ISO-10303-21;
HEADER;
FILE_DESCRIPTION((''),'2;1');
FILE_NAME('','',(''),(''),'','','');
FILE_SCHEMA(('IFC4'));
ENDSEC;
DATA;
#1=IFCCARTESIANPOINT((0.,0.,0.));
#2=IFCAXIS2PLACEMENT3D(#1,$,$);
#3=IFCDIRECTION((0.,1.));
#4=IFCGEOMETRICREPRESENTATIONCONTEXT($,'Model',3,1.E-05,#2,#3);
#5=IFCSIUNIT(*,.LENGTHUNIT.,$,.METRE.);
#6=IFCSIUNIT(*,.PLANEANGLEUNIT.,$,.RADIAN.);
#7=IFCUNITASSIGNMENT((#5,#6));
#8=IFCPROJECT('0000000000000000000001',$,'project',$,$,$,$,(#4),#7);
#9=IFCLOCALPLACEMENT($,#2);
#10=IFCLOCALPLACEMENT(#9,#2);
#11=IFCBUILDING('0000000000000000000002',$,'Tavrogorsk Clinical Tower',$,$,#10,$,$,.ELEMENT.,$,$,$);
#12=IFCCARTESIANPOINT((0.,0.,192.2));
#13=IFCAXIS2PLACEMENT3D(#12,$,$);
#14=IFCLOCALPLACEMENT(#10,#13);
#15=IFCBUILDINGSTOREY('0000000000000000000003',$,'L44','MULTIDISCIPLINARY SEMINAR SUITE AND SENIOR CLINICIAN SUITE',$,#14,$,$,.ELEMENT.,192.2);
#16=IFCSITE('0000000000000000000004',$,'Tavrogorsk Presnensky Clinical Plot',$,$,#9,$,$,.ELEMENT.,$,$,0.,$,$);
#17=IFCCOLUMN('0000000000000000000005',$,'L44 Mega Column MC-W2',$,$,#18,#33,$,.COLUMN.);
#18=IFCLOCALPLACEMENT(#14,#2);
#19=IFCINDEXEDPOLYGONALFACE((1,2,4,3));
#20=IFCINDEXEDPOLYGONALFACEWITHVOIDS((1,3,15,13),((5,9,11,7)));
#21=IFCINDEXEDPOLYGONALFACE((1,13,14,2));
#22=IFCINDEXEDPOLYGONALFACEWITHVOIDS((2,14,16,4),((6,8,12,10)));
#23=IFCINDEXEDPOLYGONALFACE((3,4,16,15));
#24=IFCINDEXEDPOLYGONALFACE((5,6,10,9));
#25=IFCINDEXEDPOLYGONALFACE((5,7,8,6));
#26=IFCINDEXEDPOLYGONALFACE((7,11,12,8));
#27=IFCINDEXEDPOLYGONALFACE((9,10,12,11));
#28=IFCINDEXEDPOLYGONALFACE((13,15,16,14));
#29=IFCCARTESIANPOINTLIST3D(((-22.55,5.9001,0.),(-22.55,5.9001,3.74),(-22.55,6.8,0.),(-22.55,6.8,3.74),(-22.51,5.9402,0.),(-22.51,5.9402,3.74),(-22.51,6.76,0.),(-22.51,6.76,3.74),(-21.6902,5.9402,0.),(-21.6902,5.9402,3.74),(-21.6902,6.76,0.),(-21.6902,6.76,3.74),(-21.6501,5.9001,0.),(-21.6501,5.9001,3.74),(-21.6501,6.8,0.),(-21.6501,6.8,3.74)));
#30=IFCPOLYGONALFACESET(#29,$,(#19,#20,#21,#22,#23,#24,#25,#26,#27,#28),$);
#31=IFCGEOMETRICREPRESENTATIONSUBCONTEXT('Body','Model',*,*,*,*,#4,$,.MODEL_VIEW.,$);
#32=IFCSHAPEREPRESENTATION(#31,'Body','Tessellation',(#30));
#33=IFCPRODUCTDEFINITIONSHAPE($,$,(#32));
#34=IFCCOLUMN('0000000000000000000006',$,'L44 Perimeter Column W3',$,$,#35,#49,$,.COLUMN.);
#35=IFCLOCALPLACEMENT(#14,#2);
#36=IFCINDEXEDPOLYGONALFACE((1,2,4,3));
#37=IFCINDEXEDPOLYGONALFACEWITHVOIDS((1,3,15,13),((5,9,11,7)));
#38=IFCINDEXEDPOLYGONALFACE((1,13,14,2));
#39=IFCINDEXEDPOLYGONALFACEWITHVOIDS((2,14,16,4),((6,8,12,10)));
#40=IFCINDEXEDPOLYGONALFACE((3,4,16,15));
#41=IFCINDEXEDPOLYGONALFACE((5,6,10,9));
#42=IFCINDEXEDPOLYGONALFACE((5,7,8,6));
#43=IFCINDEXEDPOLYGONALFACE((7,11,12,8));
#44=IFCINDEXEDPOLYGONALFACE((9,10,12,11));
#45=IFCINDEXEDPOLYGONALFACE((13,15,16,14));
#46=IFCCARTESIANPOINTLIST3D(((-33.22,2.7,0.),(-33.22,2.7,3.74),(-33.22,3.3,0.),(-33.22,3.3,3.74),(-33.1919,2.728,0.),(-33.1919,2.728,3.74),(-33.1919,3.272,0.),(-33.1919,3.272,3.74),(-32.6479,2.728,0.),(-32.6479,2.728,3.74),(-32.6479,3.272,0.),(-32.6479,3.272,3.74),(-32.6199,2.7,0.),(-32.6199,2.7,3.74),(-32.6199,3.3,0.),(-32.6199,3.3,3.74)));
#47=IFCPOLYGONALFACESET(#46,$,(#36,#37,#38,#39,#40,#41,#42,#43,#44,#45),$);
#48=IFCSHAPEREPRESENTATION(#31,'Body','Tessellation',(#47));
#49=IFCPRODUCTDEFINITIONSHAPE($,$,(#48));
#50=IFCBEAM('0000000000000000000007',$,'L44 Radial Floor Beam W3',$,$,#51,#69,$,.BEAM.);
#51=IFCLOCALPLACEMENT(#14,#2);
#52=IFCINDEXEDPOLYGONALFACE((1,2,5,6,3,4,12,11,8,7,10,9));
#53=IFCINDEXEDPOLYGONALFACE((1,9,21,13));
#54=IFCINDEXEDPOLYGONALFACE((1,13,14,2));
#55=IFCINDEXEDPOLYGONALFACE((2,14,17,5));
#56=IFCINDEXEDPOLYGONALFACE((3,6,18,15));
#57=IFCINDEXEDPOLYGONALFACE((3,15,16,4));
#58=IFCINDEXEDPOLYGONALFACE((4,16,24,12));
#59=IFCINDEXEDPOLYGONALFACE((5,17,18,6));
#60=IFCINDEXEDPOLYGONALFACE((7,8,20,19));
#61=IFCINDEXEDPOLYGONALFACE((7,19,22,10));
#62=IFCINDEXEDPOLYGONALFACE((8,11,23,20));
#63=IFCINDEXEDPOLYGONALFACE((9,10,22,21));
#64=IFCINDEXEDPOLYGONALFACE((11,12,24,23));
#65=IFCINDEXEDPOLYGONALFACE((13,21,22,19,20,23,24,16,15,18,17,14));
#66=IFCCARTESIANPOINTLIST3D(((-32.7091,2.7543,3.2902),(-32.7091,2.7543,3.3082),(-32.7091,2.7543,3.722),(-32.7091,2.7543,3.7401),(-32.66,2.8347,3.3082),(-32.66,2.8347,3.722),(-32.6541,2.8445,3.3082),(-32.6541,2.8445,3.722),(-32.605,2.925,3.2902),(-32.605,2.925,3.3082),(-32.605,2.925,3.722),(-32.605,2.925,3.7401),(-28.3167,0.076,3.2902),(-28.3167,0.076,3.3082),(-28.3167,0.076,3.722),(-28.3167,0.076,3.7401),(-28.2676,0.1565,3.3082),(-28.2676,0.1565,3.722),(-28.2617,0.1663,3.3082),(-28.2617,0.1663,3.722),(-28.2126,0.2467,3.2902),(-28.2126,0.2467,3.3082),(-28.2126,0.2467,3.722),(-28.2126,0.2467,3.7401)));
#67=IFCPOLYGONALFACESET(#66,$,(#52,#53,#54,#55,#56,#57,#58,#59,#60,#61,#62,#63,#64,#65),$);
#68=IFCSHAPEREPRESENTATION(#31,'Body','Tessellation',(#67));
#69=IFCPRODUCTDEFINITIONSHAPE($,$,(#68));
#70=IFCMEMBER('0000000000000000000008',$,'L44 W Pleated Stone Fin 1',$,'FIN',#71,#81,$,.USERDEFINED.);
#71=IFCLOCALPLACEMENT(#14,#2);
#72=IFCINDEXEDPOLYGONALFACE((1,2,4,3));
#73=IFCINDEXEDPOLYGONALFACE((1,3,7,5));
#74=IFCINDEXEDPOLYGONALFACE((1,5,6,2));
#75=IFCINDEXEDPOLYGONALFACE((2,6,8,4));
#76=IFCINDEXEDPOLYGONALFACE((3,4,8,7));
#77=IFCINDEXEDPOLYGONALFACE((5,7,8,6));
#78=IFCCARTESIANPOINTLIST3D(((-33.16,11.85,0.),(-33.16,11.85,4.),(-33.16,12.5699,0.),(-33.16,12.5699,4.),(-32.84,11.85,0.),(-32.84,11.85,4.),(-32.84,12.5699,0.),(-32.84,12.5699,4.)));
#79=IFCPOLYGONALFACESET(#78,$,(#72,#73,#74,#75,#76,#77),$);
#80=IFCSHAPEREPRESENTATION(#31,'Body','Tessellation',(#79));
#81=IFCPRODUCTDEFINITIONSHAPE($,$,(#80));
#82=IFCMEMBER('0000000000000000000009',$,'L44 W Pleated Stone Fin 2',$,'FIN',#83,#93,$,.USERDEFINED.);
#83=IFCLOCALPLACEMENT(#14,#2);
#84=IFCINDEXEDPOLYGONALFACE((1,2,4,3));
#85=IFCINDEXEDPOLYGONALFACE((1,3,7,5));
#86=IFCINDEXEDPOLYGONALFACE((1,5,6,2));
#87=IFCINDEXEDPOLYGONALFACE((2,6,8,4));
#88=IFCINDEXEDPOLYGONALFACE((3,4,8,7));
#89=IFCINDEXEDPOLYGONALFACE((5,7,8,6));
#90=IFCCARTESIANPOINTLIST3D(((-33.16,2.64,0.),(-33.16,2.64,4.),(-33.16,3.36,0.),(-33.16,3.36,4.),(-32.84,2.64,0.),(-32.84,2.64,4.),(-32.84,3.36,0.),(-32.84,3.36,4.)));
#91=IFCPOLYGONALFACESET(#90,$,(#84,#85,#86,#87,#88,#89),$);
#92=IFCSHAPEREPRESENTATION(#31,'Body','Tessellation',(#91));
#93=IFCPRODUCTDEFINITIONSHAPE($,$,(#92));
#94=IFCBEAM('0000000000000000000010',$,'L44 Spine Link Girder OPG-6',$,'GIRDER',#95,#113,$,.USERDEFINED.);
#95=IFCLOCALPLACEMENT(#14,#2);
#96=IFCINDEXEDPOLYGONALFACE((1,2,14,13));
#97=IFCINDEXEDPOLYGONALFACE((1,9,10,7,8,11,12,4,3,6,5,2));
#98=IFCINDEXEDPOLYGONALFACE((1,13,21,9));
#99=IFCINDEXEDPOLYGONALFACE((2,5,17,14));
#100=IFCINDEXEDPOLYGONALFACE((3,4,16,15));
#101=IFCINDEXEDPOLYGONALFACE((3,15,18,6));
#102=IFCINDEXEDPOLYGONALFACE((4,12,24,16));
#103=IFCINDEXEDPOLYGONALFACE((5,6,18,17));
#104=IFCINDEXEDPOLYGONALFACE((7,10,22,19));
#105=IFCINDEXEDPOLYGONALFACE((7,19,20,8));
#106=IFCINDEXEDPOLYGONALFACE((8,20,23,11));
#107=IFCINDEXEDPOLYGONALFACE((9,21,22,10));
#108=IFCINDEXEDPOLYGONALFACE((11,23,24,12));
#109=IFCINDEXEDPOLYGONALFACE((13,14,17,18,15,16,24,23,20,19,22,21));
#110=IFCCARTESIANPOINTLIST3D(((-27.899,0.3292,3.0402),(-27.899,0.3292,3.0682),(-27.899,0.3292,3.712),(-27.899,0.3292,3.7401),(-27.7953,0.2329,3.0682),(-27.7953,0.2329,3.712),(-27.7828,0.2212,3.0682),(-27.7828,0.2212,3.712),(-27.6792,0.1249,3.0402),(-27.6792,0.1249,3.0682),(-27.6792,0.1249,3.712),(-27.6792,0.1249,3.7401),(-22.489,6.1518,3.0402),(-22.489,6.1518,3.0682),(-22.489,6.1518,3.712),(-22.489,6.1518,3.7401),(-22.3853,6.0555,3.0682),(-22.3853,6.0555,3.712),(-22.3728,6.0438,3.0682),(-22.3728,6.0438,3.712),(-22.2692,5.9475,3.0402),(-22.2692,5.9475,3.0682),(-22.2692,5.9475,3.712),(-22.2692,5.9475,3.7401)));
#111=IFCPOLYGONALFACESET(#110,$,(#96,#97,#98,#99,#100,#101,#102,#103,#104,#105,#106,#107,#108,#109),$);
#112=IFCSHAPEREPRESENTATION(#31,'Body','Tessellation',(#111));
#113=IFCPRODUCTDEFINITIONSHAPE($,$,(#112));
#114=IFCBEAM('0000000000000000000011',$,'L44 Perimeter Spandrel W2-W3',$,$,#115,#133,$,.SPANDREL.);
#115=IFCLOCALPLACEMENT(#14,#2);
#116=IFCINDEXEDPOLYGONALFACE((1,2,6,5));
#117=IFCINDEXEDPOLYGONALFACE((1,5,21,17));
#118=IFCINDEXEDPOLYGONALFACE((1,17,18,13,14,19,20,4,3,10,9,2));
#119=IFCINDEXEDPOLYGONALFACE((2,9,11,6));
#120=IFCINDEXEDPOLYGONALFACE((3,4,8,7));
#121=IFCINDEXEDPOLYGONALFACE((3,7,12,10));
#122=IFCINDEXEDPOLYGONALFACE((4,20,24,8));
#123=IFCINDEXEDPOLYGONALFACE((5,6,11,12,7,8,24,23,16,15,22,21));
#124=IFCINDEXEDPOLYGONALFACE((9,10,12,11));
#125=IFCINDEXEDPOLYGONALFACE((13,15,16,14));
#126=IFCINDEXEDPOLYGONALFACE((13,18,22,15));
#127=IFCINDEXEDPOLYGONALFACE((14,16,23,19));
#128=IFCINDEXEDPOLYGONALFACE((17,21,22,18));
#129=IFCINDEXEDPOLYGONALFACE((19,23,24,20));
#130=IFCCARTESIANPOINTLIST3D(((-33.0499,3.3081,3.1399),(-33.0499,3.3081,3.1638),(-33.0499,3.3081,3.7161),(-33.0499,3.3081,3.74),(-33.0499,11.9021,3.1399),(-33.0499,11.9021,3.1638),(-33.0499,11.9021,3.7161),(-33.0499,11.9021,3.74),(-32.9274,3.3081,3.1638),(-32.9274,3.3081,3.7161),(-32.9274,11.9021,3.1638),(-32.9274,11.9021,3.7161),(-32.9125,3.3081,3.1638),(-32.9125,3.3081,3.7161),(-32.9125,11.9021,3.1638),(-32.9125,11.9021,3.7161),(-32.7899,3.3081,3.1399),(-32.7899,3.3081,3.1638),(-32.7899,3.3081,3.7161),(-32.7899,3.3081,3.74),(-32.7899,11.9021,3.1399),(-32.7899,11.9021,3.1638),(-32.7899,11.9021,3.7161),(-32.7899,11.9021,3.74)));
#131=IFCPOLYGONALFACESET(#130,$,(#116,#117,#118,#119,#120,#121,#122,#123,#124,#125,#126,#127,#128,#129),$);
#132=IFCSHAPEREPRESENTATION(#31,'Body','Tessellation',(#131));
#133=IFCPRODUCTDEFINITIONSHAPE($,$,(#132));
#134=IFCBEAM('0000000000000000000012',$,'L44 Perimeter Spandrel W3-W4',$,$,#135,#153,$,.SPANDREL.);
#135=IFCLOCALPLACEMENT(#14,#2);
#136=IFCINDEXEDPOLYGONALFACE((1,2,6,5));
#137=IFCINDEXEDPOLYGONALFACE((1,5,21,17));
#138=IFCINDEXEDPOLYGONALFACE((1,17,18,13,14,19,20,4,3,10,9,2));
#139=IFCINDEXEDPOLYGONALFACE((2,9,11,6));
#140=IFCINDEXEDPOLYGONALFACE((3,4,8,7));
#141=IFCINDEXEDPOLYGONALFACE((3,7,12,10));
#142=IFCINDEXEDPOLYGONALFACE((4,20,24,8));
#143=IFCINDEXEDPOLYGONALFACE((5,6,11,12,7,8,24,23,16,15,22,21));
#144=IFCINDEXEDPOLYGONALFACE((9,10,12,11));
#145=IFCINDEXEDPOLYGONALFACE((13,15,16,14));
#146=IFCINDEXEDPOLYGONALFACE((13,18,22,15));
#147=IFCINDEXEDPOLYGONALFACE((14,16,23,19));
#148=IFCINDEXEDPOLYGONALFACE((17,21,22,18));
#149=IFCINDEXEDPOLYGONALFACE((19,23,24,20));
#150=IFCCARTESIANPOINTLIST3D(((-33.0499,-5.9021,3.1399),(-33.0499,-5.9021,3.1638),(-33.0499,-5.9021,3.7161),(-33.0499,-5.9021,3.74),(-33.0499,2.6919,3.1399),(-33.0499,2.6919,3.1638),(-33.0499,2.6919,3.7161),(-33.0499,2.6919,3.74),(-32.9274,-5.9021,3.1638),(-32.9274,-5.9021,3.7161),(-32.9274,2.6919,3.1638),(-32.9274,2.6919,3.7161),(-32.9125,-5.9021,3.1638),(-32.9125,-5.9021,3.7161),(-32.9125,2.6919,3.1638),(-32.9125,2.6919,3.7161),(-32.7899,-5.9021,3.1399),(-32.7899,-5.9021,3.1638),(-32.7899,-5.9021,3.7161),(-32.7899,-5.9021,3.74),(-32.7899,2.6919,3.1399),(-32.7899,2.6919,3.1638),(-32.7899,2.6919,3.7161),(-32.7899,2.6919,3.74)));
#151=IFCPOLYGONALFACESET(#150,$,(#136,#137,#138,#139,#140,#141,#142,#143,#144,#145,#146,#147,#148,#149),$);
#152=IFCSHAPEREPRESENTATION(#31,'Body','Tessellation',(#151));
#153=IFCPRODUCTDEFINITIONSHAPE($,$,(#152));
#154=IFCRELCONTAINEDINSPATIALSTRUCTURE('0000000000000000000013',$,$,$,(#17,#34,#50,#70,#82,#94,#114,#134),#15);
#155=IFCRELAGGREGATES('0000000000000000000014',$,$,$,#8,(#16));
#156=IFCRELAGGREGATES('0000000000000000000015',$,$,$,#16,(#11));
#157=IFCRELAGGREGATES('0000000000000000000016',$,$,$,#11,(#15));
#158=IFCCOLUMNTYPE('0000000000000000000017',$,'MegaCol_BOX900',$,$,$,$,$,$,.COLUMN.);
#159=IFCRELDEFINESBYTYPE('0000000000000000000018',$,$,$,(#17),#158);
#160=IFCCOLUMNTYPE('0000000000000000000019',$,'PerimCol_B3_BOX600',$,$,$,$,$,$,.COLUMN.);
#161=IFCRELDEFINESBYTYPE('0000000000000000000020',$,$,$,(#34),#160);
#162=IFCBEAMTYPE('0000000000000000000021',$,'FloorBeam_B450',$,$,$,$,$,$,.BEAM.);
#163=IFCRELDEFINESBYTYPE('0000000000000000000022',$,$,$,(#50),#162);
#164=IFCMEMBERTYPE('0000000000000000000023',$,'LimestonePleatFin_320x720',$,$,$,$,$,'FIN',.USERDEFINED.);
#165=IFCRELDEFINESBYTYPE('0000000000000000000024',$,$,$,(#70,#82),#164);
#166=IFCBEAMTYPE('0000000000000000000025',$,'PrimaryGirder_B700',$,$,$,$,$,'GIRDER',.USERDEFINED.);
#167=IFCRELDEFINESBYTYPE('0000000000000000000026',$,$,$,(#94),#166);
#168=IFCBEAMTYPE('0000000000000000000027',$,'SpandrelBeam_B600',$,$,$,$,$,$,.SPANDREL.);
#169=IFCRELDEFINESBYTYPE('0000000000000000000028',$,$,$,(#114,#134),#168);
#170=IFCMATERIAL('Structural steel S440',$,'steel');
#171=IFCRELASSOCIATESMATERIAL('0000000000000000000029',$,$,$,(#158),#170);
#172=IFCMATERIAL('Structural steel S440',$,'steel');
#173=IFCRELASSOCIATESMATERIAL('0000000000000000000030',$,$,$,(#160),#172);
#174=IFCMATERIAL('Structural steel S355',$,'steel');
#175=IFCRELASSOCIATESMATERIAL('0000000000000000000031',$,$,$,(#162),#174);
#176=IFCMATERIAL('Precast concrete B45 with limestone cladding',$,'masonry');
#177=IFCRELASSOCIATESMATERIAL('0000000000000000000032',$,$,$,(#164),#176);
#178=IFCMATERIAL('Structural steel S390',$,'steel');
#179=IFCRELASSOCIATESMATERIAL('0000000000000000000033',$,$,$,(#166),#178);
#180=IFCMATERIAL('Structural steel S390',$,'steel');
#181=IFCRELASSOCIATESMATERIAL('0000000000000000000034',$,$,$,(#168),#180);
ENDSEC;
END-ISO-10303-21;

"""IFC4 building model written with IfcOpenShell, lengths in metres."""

from ifc_helpers import new_model, si_unit, direction, frame, origin, origin_2d, place, context, subcontext, project, spatial, rectangle, hollow_rectangle, i_section, extrude, material, material_profile, profile_set, type_object, element, save


model = new_model("IFC4")

# Units and contexts
model_context = context("Model", 3, precision=1e-05, world=origin(), true_north=direction((0.0, 1.0)))
body_context = subcontext(model_context, "Body", "Model", "MODEL_VIEW")
ifc_project = project(units=[si_unit("LENGTHUNIT", "METRE"), si_unit("PLANEANGLEUNIT", "RADIAN")], contexts=[model_context])

# Site, building, storey
site_placement = place(None, origin())
site = spatial("IfcSite", under=ifc_project, at=site_placement, Name="Tavrogorsk Presnensky Clinical Plot", CompositionType="ELEMENT", RefElevation=0.0)
building_placement = place(site_placement, origin())
building = spatial("IfcBuilding", under=site, at=building_placement, Name="Tavrogorsk Clinical Tower", CompositionType="ELEMENT")
storey_placement = place(building_placement, frame((0.0, 0.0, 192.2)))
storey = spatial("IfcBuildingStorey", under=building, at=storey_placement, Name="L44", Description="MULTIDISCIPLINARY SEMINAR SUITE AND SENIOR CLINICIAN SUITE", CompositionType="ELEMENT", Elevation=192.2)

# Columns
ifc_material_1 = material(Name="Structural steel S440", Category="steel")
ifc_material_profile_1 = material_profile(ifc_material_1, hollow_rectangle(XDim=0.8999, YDim=0.8999, WallThickness=0.04, at=origin_2d()), Name="BOX-900x900x40")
ifc_profile_set_1 = profile_set([ifc_material_profile_1], Name="Structural steel S440")
column_type_1 = type_object("IfcColumnType", Name="MegaCol_BOX900", PredefinedType="COLUMN", material=ifc_profile_set_1)
column_1_placement = place(storey_placement, frame((-22.1001, 6.3501, 0.0), z_axis=(0.0, 0.0, 1.0), x_axis=(1.0, 0.0, 0.0)))
element("IfcColumn", 1, at=column_1_placement, inside=storey, type_object=column_type_1, Name="L44 Mega Column MC-W2", PredefinedType="COLUMN", context=body_context, shape_type="SweptSolid", body=[
    extrude(hollow_rectangle(XDim=0.8999, YDim=0.8999, WallThickness=0.04, at=origin_2d()), origin(), (0.0, 0.0, 1.0), 3.74),
])
ifc_material_2 = material(Name="Structural steel S440", Category="steel")
ifc_material_profile_2 = material_profile(ifc_material_2, hollow_rectangle(XDim=0.6001, YDim=0.6001, WallThickness=0.0281, at=origin_2d()), Name="BOX-600x600x28")
ifc_profile_set_2 = profile_set([ifc_material_profile_2], Name="Structural steel S440")
column_type_2 = type_object("IfcColumnType", Name="PerimCol_B3_BOX600", PredefinedType="COLUMN", material=ifc_profile_set_2)
column_2_placement = place(storey_placement, frame((-32.9199, 3.0, 0.0), z_axis=(0.0, 0.0, 1.0), x_axis=(1.0, 0.0, 0.0)))
element("IfcColumn", 2, at=column_2_placement, inside=storey, type_object=column_type_2, Name="L44 Perimeter Column W3", PredefinedType="COLUMN", context=body_context, shape_type="SweptSolid", body=[
    extrude(hollow_rectangle(XDim=0.6001, YDim=0.6001, WallThickness=0.0281, at=origin_2d()), origin(), (0.0, 0.0, 1.0), 3.74),
])

# Beam
ifc_material_3 = material(Name="Structural steel S355", Category="steel")
ifc_material_profile_3 = material_profile(ifc_material_3, i_section(OverallWidth=0.2, OverallDepth=0.45, WebThickness=0.0115, FlangeThickness=0.0181, at=origin_2d()), Name="B-450x200x11.5x18")
ifc_profile_set_3 = profile_set([ifc_material_profile_3], Name="Structural steel S355")
beam_type_1 = type_object("IfcBeamType", Name="FloorBeam_B450", PredefinedType="BEAM", material=ifc_profile_set_3)
beam_1_placement = place(storey_placement, frame((-28.2646, 0.1614, 3.5151), z_axis=(-0.853799, 0.520603, 0.0), x_axis=(-0.520603, -0.853799, 0.0)))
element("IfcBeam", 3, at=beam_1_placement, inside=storey, type_object=beam_type_1, Name="L44 Radial Floor Beam W3", PredefinedType="BEAM", context=body_context, shape_type="SweptSolid", body=[
    extrude(i_section(OverallWidth=0.2, OverallDepth=0.45, WebThickness=0.0115, FlangeThickness=0.0181, at=origin_2d()), origin(), (0.0, 0.0, 1.0), 5.1445),
])

# Members
ifc_material_4 = material(Name="Precast concrete B45 with limestone cladding", Category="masonry")
ifc_material_profile_4 = material_profile(ifc_material_4, rectangle(XDim=0.3201, YDim=0.72, at=origin_2d()), Name="LIMESTONE-FIN-320x720")
ifc_profile_set_4 = profile_set([ifc_material_profile_4], Name="Precast concrete B45 with limestone cladding")
member_type = type_object("IfcMemberType", Name="LimestonePleatFin_320x720", ElementType="FIN", PredefinedType="USERDEFINED", material=ifc_profile_set_4)
for number, where, z_axis, x_axis, name in (
    (4, (-33.0, 12.21, 0.0), (0.0, 0.0, 1.0), (1.0, 0.0, 0.0), "L44 W Pleated Stone Fin 1"),
    (5, (-33.0, 3.0, 0.0), (0.0, 0.0, 1.0), (1.0, 0.0, 0.0), "L44 W Pleated Stone Fin 2"),
):
    element("IfcMember", number, at=place(storey_placement, frame(where, z_axis=z_axis, x_axis=x_axis)), inside=storey, type_object=member_type, Name=name, ObjectType="FIN", PredefinedType="USERDEFINED", context=body_context, shape_type="SweptSolid", body=[
        extrude(rectangle(XDim=0.3201, YDim=0.72, at=origin_2d()), origin(), (0.0, 0.0, 1.0), 4.0),
    ])

# Beams
ifc_material_5 = material(Name="Structural steel S390", Category="steel")
ifc_material_profile_5 = material_profile(ifc_material_5, i_section(OverallWidth=0.3, OverallDepth=0.7, WebThickness=0.0171, FlangeThickness=0.0281, at=origin_2d()), Name="B-700x300x17x28")
ifc_profile_set_5 = profile_set([ifc_material_profile_5], Name="Structural steel S390")
beam_type_2 = type_object("IfcBeamType", Name="PrimaryGirder_B700", ElementType="GIRDER", PredefinedType="USERDEFINED", material=ifc_profile_set_5)
beam_2_placement = place(storey_placement, frame((-27.7891, 0.2271, 3.3901), z_axis=(0.680674, 0.732587, 0.0), x_axis=(-0.732587, 0.680674, 0.0)))
element("IfcBeam", 6, at=beam_2_placement, inside=storey, type_object=beam_type_2, Name="L44 Spine Link Girder OPG-6", ObjectType="GIRDER", PredefinedType="USERDEFINED", context=body_context, shape_type="SweptSolid", body=[
    extrude(i_section(OverallWidth=0.3, OverallDepth=0.7, WebThickness=0.0171, FlangeThickness=0.0281, at=origin_2d()), origin(), (0.0, 0.0, 1.0), 7.948),
])
ifc_material_6 = material(Name="Structural steel S390", Category="steel")
ifc_material_profile_6 = material_profile(ifc_material_6, i_section(OverallWidth=0.26, OverallDepth=0.6001, WebThickness=0.0149, FlangeThickness=0.0239, at=origin_2d()), Name="B-600x260x15x24")
ifc_profile_set_6 = profile_set([ifc_material_profile_6], Name="Structural steel S390")
beam_type_3 = type_object("IfcBeamType", Name="SpandrelBeam_B600", PredefinedType="SPANDREL", material=ifc_profile_set_6)
for number, where, z_axis, x_axis, name in (
    (7, (-32.9199, 11.9021, 3.4399), (0.0, -1.0, 0.0), (1.0, 0.0, 0.0), "L44 Perimeter Spandrel W2-W3"),
    (8, (-32.9199, 2.6919, 3.4399), (0.0, -1.0, 0.0), (1.0, 0.0, 0.0), "L44 Perimeter Spandrel W3-W4"),
):
    element("IfcBeam", number, at=place(storey_placement, frame(where, z_axis=z_axis, x_axis=x_axis)), inside=storey, type_object=beam_type_3, Name=name, PredefinedType="SPANDREL", context=body_context, shape_type="SweptSolid", body=[
        extrude(i_section(OverallWidth=0.26, OverallDepth=0.6001, WebThickness=0.0149, FlangeThickness=0.0239, at=origin_2d()), origin(), (0.0, 0.0, 1.0), 8.594),
    ])

save(model, "model.ifc")
